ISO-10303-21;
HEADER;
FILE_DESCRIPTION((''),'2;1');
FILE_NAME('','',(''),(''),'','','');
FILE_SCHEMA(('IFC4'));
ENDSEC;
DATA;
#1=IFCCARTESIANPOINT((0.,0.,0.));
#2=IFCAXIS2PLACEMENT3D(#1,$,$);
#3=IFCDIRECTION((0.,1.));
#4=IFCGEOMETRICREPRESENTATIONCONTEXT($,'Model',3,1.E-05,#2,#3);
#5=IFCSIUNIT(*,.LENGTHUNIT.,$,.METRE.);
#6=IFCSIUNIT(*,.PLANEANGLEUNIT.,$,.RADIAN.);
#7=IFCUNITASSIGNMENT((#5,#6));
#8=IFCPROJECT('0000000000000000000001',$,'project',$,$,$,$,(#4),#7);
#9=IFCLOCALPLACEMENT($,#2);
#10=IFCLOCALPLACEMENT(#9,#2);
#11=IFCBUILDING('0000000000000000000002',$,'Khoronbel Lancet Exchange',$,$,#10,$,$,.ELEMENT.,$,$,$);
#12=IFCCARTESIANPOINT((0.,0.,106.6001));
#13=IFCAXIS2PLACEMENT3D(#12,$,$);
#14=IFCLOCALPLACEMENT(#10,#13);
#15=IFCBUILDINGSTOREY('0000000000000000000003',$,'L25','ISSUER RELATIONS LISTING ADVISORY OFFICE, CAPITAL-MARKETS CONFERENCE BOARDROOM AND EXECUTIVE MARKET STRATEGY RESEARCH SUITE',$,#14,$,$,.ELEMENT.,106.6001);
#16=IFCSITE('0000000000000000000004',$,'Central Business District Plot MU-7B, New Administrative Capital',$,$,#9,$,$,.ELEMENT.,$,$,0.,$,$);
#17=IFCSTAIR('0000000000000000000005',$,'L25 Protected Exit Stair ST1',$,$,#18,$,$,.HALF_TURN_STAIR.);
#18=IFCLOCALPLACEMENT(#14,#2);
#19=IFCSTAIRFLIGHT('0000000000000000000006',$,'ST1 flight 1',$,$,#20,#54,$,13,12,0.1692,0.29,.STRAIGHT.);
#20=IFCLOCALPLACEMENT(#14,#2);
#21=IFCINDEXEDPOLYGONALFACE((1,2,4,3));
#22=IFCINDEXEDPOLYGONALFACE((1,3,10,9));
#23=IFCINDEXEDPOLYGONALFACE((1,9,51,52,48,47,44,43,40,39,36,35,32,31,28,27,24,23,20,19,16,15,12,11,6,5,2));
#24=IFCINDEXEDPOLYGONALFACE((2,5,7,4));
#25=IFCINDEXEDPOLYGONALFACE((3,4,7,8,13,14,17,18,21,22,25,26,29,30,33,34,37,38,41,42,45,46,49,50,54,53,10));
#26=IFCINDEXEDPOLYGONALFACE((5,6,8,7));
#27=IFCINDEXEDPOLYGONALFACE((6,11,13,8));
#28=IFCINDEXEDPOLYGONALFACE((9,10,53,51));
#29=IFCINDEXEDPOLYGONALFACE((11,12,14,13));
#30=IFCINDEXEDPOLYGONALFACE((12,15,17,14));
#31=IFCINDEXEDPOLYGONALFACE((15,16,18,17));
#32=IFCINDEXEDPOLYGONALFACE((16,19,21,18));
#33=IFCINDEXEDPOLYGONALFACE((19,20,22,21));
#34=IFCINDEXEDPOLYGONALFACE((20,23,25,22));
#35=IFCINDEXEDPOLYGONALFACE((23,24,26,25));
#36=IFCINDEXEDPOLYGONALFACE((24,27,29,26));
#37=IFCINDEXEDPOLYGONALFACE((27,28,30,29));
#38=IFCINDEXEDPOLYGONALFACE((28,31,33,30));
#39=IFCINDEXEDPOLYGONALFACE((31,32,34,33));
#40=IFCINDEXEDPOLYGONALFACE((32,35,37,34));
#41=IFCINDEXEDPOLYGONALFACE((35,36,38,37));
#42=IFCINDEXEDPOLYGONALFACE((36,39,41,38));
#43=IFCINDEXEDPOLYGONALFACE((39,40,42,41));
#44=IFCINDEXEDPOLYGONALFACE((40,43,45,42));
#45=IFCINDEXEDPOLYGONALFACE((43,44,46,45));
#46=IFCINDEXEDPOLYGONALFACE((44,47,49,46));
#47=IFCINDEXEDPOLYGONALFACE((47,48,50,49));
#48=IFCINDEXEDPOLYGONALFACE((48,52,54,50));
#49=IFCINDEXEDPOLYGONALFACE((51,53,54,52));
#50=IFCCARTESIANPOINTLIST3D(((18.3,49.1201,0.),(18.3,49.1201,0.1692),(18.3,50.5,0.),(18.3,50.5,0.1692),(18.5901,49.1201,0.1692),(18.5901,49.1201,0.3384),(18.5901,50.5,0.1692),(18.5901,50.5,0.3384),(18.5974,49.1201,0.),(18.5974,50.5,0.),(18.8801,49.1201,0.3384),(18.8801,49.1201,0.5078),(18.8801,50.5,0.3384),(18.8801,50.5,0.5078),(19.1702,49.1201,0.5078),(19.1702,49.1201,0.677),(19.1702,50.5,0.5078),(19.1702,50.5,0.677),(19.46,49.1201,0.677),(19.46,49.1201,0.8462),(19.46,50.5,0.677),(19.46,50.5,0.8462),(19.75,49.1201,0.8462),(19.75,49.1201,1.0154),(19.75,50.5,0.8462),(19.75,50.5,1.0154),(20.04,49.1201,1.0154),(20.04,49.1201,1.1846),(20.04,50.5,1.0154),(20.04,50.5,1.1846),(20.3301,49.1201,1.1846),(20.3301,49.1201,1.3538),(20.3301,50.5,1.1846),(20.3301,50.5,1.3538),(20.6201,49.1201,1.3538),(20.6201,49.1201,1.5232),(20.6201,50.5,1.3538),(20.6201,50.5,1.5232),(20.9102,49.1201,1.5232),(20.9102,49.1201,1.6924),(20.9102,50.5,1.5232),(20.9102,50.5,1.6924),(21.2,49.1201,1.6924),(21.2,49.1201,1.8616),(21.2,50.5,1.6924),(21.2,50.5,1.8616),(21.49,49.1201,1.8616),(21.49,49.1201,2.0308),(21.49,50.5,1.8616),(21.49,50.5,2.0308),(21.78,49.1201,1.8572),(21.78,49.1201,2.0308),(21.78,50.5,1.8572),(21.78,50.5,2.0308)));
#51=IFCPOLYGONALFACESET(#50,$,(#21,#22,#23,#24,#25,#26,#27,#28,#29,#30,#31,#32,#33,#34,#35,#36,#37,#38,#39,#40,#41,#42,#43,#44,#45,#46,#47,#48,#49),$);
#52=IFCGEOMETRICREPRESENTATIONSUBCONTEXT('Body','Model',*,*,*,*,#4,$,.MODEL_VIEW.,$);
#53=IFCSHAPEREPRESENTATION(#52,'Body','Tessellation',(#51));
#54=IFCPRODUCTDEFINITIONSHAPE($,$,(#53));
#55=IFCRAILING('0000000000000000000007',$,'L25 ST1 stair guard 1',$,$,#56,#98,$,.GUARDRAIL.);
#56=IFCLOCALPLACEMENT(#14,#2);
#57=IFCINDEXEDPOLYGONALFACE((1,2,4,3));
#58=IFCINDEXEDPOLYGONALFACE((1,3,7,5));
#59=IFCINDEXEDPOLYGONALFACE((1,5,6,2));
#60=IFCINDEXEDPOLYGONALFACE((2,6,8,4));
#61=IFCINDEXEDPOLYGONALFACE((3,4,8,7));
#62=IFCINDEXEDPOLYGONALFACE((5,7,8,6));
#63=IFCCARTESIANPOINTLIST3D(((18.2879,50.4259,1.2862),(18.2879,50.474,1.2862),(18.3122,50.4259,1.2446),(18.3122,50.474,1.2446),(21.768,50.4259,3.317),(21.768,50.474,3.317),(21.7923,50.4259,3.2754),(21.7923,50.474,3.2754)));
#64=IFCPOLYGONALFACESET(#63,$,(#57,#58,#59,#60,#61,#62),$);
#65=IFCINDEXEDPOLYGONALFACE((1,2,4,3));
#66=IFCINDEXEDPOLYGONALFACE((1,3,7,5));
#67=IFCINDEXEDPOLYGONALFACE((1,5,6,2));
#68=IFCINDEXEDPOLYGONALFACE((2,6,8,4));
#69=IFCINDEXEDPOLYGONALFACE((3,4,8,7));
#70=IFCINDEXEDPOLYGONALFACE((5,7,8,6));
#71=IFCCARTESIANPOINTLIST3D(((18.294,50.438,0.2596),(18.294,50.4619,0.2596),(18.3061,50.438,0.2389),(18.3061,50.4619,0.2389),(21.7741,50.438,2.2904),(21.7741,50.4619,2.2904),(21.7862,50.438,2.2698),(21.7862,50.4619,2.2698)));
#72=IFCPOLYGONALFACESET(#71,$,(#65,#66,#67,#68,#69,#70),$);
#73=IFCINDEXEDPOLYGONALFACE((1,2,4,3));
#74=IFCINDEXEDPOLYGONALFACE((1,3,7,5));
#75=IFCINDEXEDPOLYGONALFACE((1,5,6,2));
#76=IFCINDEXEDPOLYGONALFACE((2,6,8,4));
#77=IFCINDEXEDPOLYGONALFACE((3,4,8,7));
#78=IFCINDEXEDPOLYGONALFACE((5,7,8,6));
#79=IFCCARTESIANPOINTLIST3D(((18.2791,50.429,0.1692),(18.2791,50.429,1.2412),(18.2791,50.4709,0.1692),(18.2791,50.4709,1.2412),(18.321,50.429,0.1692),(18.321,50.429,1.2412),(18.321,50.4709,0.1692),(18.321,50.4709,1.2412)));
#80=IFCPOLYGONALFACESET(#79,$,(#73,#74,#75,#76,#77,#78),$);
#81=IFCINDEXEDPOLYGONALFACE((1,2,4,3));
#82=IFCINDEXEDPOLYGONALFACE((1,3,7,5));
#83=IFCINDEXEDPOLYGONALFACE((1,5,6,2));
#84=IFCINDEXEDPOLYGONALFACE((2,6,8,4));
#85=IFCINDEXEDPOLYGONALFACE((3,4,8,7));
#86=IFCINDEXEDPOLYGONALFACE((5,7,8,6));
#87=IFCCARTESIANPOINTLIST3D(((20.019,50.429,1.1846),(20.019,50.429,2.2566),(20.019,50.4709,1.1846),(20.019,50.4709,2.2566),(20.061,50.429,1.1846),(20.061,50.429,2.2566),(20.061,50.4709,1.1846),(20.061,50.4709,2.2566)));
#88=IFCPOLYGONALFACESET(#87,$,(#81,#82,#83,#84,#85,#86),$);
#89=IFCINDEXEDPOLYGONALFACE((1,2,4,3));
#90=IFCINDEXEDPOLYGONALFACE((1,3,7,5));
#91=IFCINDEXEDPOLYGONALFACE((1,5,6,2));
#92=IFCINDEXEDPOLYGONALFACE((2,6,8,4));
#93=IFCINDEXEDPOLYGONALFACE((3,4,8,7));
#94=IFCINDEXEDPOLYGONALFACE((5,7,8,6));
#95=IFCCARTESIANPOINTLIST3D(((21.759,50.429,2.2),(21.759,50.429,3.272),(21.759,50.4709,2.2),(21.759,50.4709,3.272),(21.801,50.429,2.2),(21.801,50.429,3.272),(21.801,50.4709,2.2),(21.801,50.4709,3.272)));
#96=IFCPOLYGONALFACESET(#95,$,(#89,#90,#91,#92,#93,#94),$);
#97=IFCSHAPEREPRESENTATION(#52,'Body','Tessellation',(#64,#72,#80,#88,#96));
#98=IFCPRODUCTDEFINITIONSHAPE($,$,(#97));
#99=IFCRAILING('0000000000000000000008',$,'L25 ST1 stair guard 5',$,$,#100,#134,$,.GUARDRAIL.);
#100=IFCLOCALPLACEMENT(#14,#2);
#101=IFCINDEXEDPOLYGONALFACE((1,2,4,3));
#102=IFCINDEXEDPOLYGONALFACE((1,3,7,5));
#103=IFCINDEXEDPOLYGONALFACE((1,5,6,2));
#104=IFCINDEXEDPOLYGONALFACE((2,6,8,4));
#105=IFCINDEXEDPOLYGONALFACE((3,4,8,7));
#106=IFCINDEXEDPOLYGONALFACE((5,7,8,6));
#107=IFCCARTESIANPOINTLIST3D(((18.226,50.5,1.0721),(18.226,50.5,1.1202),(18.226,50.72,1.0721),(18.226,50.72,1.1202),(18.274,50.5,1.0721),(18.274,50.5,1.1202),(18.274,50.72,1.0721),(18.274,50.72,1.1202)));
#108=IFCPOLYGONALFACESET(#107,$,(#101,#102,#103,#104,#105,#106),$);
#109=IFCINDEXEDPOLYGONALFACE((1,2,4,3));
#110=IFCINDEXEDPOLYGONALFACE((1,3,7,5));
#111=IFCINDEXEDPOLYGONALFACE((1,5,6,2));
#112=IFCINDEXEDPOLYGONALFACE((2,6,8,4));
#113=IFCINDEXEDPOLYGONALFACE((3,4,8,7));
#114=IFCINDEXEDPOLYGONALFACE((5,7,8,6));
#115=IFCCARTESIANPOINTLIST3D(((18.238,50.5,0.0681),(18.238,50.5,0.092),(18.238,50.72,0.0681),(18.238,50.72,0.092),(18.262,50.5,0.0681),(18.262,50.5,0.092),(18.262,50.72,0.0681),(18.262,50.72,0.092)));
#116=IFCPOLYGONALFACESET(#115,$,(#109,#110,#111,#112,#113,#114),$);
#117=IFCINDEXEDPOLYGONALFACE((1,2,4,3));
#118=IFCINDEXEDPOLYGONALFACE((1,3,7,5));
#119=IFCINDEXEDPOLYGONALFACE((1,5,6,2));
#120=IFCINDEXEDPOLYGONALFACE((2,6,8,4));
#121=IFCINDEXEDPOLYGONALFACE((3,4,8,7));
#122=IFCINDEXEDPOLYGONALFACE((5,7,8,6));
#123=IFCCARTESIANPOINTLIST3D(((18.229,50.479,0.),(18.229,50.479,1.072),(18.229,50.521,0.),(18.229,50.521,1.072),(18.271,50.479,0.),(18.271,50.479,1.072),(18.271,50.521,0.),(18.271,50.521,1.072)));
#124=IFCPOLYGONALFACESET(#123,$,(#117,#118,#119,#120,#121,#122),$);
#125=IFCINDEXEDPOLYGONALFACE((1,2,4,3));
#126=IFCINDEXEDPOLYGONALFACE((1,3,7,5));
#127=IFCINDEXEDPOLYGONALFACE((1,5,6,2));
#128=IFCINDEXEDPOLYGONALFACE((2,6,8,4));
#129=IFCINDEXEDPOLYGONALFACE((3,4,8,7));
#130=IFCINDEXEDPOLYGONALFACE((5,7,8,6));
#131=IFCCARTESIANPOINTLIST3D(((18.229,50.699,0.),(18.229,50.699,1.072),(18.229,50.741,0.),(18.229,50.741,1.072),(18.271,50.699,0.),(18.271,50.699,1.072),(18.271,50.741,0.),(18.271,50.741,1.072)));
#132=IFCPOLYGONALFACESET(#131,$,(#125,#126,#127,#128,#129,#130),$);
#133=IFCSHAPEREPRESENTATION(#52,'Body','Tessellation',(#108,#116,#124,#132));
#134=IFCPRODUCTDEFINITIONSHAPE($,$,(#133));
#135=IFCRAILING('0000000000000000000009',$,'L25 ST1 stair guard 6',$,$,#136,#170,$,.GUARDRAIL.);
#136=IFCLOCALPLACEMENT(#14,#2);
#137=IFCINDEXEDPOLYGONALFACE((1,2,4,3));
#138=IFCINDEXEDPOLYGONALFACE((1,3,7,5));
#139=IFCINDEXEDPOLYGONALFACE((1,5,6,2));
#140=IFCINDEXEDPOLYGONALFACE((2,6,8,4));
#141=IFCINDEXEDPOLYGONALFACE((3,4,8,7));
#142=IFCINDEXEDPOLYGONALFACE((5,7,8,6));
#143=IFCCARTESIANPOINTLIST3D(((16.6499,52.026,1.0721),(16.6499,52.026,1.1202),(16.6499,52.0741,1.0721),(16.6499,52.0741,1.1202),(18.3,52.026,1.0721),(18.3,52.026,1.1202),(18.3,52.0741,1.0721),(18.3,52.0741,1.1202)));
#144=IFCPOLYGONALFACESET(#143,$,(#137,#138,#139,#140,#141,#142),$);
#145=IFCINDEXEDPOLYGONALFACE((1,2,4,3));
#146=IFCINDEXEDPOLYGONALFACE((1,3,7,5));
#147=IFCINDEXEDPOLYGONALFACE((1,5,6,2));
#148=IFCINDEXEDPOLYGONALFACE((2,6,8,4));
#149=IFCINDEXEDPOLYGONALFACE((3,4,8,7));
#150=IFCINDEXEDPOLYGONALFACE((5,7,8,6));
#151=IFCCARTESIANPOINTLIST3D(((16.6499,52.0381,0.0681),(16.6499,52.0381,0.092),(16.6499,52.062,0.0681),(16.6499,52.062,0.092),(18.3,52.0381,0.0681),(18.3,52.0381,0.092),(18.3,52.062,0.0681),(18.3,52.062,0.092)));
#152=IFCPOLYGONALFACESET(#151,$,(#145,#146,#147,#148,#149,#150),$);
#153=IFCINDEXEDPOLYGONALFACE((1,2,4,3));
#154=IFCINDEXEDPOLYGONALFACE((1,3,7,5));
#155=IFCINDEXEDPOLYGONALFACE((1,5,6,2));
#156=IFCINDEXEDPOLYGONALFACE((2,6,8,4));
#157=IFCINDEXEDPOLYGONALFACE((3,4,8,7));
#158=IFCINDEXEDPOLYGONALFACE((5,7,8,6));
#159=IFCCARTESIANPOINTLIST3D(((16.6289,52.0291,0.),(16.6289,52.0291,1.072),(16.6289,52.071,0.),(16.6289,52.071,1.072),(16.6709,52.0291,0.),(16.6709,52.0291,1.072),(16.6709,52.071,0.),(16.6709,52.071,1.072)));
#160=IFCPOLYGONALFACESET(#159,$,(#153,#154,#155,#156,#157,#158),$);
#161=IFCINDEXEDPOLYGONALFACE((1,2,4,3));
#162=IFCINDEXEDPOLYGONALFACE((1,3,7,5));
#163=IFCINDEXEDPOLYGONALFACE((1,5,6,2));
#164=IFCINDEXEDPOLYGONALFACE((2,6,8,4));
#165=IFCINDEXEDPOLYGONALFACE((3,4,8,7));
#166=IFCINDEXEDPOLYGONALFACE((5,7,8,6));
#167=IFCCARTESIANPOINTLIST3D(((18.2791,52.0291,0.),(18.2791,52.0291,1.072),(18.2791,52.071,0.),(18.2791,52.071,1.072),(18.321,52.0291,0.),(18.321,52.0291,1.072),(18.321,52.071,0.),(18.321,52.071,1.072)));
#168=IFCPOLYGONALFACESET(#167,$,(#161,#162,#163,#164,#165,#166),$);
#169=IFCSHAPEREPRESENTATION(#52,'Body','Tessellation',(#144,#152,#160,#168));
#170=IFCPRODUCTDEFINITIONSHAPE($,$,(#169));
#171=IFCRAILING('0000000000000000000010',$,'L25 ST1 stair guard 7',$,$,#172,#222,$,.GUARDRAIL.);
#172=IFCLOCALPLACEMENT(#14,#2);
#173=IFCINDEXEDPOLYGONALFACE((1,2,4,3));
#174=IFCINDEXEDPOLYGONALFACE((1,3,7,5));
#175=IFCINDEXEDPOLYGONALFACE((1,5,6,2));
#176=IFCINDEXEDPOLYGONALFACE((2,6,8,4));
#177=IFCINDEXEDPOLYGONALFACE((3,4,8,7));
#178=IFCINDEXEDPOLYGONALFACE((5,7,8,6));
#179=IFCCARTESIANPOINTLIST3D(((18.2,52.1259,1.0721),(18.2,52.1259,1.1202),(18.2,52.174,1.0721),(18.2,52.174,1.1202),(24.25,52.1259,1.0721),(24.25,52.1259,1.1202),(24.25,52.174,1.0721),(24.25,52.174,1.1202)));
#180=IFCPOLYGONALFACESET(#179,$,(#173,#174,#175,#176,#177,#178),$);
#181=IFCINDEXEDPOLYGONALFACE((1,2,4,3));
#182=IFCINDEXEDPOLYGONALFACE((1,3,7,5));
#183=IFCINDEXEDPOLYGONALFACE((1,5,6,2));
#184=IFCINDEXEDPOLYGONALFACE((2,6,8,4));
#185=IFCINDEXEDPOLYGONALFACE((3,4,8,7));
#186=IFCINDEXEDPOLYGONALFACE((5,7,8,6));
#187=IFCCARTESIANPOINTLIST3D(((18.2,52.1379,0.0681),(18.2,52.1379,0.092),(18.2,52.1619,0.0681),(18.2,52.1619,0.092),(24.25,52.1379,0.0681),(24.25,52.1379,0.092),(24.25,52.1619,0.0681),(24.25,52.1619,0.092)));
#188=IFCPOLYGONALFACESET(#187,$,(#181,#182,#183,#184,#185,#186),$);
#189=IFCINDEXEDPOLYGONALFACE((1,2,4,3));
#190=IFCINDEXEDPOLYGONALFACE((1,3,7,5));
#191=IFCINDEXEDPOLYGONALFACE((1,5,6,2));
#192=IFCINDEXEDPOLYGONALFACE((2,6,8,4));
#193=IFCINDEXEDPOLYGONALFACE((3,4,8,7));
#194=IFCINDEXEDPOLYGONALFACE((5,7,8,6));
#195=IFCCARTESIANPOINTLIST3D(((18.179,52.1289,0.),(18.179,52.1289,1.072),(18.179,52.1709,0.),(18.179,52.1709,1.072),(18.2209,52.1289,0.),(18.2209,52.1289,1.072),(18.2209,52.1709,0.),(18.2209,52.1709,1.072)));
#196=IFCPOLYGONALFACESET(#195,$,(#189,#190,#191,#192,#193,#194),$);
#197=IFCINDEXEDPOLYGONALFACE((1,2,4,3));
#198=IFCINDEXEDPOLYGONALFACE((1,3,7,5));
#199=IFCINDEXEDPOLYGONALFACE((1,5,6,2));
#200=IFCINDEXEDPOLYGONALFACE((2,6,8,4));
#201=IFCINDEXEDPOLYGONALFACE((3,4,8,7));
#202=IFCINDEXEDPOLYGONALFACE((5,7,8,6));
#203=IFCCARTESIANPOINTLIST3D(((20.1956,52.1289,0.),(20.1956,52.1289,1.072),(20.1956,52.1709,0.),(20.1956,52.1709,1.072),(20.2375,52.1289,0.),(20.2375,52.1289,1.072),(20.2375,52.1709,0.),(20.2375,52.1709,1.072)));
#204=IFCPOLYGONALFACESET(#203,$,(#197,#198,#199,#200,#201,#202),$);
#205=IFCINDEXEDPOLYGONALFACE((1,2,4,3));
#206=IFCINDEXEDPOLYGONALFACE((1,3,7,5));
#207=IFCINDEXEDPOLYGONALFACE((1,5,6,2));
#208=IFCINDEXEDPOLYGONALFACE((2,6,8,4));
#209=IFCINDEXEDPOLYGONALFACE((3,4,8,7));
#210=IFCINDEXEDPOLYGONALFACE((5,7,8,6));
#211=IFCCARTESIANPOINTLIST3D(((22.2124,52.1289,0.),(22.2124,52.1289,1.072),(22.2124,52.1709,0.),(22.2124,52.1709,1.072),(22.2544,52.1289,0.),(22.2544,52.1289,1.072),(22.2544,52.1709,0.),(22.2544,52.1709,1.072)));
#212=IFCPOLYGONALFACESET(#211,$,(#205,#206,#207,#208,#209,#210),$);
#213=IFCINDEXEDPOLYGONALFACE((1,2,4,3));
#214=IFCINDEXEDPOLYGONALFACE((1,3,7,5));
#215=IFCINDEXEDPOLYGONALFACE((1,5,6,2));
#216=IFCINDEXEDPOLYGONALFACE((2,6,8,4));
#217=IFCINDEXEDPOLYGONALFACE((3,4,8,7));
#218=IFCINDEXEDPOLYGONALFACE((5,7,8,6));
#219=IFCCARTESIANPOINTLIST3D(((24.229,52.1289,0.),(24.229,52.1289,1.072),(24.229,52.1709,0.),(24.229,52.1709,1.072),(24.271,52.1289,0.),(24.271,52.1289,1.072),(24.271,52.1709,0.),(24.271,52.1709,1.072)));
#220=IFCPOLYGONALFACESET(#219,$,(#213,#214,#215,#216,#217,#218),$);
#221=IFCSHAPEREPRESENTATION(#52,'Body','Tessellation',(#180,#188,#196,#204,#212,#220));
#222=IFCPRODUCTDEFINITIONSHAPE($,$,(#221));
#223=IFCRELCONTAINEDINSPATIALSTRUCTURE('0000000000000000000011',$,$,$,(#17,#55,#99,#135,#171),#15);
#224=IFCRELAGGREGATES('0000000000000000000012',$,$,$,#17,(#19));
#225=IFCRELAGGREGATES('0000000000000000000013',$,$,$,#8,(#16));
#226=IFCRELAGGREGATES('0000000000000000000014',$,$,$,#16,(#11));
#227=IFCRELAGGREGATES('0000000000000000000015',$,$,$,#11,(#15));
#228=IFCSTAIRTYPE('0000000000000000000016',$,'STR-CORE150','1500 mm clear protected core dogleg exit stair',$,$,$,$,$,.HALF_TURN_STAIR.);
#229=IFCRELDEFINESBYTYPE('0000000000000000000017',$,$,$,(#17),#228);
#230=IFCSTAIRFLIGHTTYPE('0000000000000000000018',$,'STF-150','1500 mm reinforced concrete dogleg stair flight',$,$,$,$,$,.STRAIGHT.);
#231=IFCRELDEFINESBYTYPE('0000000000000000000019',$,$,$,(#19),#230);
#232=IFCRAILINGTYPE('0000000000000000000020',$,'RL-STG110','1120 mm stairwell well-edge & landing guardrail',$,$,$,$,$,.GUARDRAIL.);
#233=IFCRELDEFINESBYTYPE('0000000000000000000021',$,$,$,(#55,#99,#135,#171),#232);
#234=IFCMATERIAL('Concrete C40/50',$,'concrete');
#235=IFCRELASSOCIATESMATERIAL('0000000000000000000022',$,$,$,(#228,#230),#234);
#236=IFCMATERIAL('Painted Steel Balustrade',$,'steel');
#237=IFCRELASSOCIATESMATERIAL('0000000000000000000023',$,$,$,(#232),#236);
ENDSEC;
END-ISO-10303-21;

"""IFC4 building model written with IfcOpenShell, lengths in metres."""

from ifc_helpers import new_model, si_unit, direction, frame, origin, origin_2d, place, context, subcontext, project, spatial, polyline, rectangle, outline, extrude, material, type_object, element, aggregate, save


model = new_model("IFC4")

# Units and contexts
model_context = context("Model", 3, precision=1e-05, world=origin(), true_north=direction((0.0, 1.0)))
body_context = subcontext(model_context, "Body", "Model", "MODEL_VIEW")
ifc_project = project(units=[si_unit("LENGTHUNIT", "METRE"), si_unit("PLANEANGLEUNIT", "RADIAN")], contexts=[model_context])

# Site, building, storey
site_placement = place(None, origin())
site = spatial("IfcSite", under=ifc_project, at=site_placement, Name="Central Business District Plot MU-7B, New Administrative Capital", CompositionType="ELEMENT", RefElevation=0.0)
building_placement = place(site_placement, origin())
building = spatial("IfcBuilding", under=site, at=building_placement, Name="Khoronbel Lancet Exchange", CompositionType="ELEMENT")
storey_placement = place(building_placement, frame((0.0, 0.0, 106.6001)))
storey = spatial("IfcBuildingStorey", under=building, at=storey_placement, Name="L25", Description="ISSUER RELATIONS LISTING ADVISORY OFFICE, CAPITAL-MARKETS CONFERENCE BOARDROOM AND EXECUTIVE MARKET STRATEGY RESEARCH SUITE", CompositionType="ELEMENT", Elevation=106.6001)

# Stair, stair flight
ifc_material_1 = material(Name="Concrete C40/50", Category="concrete")
stair_type = type_object("IfcStairType", Name="STR-CORE150", Description="1500 mm clear protected core dogleg exit stair", PredefinedType="HALF_TURN_STAIR", material=ifc_material_1)
stair_placement = place(storey_placement, origin())
stair = element("IfcStair", 1, at=stair_placement, inside=storey, type_object=stair_type, Name="L25 Protected Exit Stair ST1", PredefinedType="HALF_TURN_STAIR")
stair_flight_type = type_object("IfcStairFlightType", Name="STF-150", Description="1500 mm reinforced concrete dogleg stair flight", PredefinedType="STRAIGHT", material=ifc_material_1)
stair_flight_placement = place(storey_placement, frame((18.3, 49.8101, 0.0), z_axis=(0.0, 0.0, 1.0), x_axis=(1.0, 0.0, 0.0)))
stair_flight = element("IfcStairFlight", 2, at=stair_flight_placement, type_object=stair_flight_type, Name="ST1 flight 1", NumberOfRisers=13, NumberOfTreads=12, PredefinedType="STRAIGHT", RiserHeight=0.1692, TreadLength=0.29, context=body_context, shape_type="SweptSolid", body=[
    extrude(outline(polyline([(0.0, 0.0), (0.0, 0.1692), (0.29, 0.1692), (0.29, 0.3384), (0.5801, 0.3384), (0.5801, 0.5078), (0.8701, 0.5078), (0.8701, 0.677), (1.1599, 0.677), (1.1599, 0.8462), (1.45, 0.8462), (1.45, 1.0154), (1.74, 1.0154), (1.74, 1.1846), (2.03, 1.1846), (2.03, 1.3538), (2.3201, 1.3538), (2.3201, 1.5232), (2.6101, 1.5232), (2.6101, 1.6924), (2.8999, 1.6924), (2.8999, 1.8616), (3.1899, 1.8616), (3.1899, 2.0308), (3.48, 2.0308), (3.48, 2.2), (3.48, 1.8572), (0.2974, 0.0), (0.0, 0.0)])), frame((0.0, 0.6899, 0.0), z_axis=(0.0, -1.0, 0.0), x_axis=(1.0, 0.0, 0.0)), (0.0, 0.0, 1.0), 1.3799),
])
aggregate(stair, [stair_flight])

# Railings
ifc_material_2 = material(Name="Painted Steel Balustrade", Category="steel")
railing_type_1 = type_object("IfcRailingType", Name="RL-STG110", Description="1120 mm stairwell well-edge & landing guardrail", PredefinedType="GUARDRAIL", material=ifc_material_2)
railing_1_placement = place(storey_placement, frame((18.3, 50.45, 0.1692)))
element("IfcRailing", 3, at=railing_1_placement, inside=storey, type_object=railing_type_1, Name="L25 ST1 stair guard 1", PredefinedType="GUARDRAIL", context=body_context, shape_type="SweptSolid", body=[
    extrude(rectangle(XDim=0.0481, YDim=0.0481, at=origin_2d()), frame((0.0, 0.0, 1.0962), z_axis=(0.863695, 0.0, 0.504014), x_axis=(0.0, 1.0, 0.0)), (0.0, 0.0, 1.0), 4.0293),
    extrude(rectangle(XDim=0.0239, YDim=0.0239, at=origin_2d()), frame((0.0, 0.0, 0.0801), z_axis=(0.863695, 0.0, 0.504014), x_axis=(0.0, 1.0, 0.0)), (0.0, 0.0, 1.0), 4.0293),
    extrude(rectangle(XDim=0.042, YDim=0.042, at=origin_2d()), origin(), (0.0, 0.0, 1.0), 1.072),
    extrude(rectangle(XDim=0.042, YDim=0.042, at=origin_2d()), frame((1.74, 0.0, 1.0154)), (0.0, 0.0, 1.0), 1.072),
    extrude(rectangle(XDim=0.042, YDim=0.042, at=origin_2d()), frame((3.48, 0.0, 2.0308)), (0.0, 0.0, 1.0), 1.072),
])
railing_2_placement = place(storey_placement, frame((18.25, 50.5, 0.0)))
element("IfcRailing", 4, at=railing_2_placement, inside=storey, type_object=railing_type_1, Name="L25 ST1 stair guard 5", PredefinedType="GUARDRAIL", context=body_context, shape_type="SweptSolid", body=[
    extrude(rectangle(XDim=0.0481, YDim=0.0481, at=origin_2d()), frame((0.0, 0.0, 1.0962), z_axis=(0.0, 1.0, 0.0), x_axis=(-1.0, 0.0, 0.0)), (0.0, 0.0, 1.0), 0.22),
    extrude(rectangle(XDim=0.0239, YDim=0.0239, at=origin_2d()), frame((0.0, 0.0, 0.0801), z_axis=(0.0, 1.0, 0.0), x_axis=(-1.0, 0.0, 0.0)), (0.0, 0.0, 1.0), 0.22),
    extrude(rectangle(XDim=0.042, YDim=0.042, at=origin_2d()), origin(), (0.0, 0.0, 1.0), 1.072),
    extrude(rectangle(XDim=0.042, YDim=0.042, at=origin_2d()), frame((0.0, 0.22, 0.0)), (0.0, 0.0, 1.0), 1.072),
])
railing_3_placement = place(storey_placement, frame((16.6499, 52.05, 0.0)))
element("IfcRailing", 5, at=railing_3_placement, inside=storey, type_object=railing_type_1, Name="L25 ST1 stair guard 6", PredefinedType="GUARDRAIL", context=body_context, shape_type="SweptSolid", body=[
    extrude(rectangle(XDim=0.0481, YDim=0.0481, at=origin_2d()), frame((0.0, 0.0, 1.0962), z_axis=(1.0, 0.0, 0.0), x_axis=(0.0, 1.0, 0.0)), (0.0, 0.0, 1.0), 1.6501),
    extrude(rectangle(XDim=0.0239, YDim=0.0239, at=origin_2d()), frame((0.0, 0.0, 0.0801), z_axis=(1.0, 0.0, 0.0), x_axis=(0.0, 1.0, 0.0)), (0.0, 0.0, 1.0), 1.6501),
    extrude(rectangle(XDim=0.042, YDim=0.042, at=origin_2d()), origin(), (0.0, 0.0, 1.0), 1.072),
    extrude(rectangle(XDim=0.042, YDim=0.042, at=origin_2d()), frame((1.6501, 0.0, 0.0)), (0.0, 0.0, 1.0), 1.072),
])
railing_4_placement = place(storey_placement, frame((18.2, 52.1499, 0.0)))
element("IfcRailing", 6, at=railing_4_placement, inside=storey, type_object=railing_type_1, Name="L25 ST1 stair guard 7", PredefinedType="GUARDRAIL", context=body_context, shape_type="SweptSolid", body=[
    extrude(rectangle(XDim=0.0481, YDim=0.0481, at=origin_2d()), frame((0.0, 0.0, 1.0962), z_axis=(1.0, 0.0, 0.0), x_axis=(0.0, 1.0, 0.0)), (0.0, 0.0, 1.0), 6.05),
    extrude(rectangle(XDim=0.0239, YDim=0.0239, at=origin_2d()), frame((0.0, 0.0, 0.0801), z_axis=(1.0, 0.0, 0.0), x_axis=(0.0, 1.0, 0.0)), (0.0, 0.0, 1.0), 6.05),
    extrude(rectangle(XDim=0.042, YDim=0.042, at=origin_2d()), origin(), (0.0, 0.0, 1.0), 1.072),
    extrude(rectangle(XDim=0.042, YDim=0.042, at=origin_2d()), frame((2.0166, 0.0, 0.0)), (0.0, 0.0, 1.0), 1.072),
    extrude(rectangle(XDim=0.042, YDim=0.042, at=origin_2d()), frame((4.0334, 0.0, 0.0)), (0.0, 0.0, 1.0), 1.072),
    extrude(rectangle(XDim=0.042, YDim=0.042, at=origin_2d()), frame((6.05, 0.0, 0.0)), (0.0, 0.0, 1.0), 1.072),
])

save(model, "model.ifc")
